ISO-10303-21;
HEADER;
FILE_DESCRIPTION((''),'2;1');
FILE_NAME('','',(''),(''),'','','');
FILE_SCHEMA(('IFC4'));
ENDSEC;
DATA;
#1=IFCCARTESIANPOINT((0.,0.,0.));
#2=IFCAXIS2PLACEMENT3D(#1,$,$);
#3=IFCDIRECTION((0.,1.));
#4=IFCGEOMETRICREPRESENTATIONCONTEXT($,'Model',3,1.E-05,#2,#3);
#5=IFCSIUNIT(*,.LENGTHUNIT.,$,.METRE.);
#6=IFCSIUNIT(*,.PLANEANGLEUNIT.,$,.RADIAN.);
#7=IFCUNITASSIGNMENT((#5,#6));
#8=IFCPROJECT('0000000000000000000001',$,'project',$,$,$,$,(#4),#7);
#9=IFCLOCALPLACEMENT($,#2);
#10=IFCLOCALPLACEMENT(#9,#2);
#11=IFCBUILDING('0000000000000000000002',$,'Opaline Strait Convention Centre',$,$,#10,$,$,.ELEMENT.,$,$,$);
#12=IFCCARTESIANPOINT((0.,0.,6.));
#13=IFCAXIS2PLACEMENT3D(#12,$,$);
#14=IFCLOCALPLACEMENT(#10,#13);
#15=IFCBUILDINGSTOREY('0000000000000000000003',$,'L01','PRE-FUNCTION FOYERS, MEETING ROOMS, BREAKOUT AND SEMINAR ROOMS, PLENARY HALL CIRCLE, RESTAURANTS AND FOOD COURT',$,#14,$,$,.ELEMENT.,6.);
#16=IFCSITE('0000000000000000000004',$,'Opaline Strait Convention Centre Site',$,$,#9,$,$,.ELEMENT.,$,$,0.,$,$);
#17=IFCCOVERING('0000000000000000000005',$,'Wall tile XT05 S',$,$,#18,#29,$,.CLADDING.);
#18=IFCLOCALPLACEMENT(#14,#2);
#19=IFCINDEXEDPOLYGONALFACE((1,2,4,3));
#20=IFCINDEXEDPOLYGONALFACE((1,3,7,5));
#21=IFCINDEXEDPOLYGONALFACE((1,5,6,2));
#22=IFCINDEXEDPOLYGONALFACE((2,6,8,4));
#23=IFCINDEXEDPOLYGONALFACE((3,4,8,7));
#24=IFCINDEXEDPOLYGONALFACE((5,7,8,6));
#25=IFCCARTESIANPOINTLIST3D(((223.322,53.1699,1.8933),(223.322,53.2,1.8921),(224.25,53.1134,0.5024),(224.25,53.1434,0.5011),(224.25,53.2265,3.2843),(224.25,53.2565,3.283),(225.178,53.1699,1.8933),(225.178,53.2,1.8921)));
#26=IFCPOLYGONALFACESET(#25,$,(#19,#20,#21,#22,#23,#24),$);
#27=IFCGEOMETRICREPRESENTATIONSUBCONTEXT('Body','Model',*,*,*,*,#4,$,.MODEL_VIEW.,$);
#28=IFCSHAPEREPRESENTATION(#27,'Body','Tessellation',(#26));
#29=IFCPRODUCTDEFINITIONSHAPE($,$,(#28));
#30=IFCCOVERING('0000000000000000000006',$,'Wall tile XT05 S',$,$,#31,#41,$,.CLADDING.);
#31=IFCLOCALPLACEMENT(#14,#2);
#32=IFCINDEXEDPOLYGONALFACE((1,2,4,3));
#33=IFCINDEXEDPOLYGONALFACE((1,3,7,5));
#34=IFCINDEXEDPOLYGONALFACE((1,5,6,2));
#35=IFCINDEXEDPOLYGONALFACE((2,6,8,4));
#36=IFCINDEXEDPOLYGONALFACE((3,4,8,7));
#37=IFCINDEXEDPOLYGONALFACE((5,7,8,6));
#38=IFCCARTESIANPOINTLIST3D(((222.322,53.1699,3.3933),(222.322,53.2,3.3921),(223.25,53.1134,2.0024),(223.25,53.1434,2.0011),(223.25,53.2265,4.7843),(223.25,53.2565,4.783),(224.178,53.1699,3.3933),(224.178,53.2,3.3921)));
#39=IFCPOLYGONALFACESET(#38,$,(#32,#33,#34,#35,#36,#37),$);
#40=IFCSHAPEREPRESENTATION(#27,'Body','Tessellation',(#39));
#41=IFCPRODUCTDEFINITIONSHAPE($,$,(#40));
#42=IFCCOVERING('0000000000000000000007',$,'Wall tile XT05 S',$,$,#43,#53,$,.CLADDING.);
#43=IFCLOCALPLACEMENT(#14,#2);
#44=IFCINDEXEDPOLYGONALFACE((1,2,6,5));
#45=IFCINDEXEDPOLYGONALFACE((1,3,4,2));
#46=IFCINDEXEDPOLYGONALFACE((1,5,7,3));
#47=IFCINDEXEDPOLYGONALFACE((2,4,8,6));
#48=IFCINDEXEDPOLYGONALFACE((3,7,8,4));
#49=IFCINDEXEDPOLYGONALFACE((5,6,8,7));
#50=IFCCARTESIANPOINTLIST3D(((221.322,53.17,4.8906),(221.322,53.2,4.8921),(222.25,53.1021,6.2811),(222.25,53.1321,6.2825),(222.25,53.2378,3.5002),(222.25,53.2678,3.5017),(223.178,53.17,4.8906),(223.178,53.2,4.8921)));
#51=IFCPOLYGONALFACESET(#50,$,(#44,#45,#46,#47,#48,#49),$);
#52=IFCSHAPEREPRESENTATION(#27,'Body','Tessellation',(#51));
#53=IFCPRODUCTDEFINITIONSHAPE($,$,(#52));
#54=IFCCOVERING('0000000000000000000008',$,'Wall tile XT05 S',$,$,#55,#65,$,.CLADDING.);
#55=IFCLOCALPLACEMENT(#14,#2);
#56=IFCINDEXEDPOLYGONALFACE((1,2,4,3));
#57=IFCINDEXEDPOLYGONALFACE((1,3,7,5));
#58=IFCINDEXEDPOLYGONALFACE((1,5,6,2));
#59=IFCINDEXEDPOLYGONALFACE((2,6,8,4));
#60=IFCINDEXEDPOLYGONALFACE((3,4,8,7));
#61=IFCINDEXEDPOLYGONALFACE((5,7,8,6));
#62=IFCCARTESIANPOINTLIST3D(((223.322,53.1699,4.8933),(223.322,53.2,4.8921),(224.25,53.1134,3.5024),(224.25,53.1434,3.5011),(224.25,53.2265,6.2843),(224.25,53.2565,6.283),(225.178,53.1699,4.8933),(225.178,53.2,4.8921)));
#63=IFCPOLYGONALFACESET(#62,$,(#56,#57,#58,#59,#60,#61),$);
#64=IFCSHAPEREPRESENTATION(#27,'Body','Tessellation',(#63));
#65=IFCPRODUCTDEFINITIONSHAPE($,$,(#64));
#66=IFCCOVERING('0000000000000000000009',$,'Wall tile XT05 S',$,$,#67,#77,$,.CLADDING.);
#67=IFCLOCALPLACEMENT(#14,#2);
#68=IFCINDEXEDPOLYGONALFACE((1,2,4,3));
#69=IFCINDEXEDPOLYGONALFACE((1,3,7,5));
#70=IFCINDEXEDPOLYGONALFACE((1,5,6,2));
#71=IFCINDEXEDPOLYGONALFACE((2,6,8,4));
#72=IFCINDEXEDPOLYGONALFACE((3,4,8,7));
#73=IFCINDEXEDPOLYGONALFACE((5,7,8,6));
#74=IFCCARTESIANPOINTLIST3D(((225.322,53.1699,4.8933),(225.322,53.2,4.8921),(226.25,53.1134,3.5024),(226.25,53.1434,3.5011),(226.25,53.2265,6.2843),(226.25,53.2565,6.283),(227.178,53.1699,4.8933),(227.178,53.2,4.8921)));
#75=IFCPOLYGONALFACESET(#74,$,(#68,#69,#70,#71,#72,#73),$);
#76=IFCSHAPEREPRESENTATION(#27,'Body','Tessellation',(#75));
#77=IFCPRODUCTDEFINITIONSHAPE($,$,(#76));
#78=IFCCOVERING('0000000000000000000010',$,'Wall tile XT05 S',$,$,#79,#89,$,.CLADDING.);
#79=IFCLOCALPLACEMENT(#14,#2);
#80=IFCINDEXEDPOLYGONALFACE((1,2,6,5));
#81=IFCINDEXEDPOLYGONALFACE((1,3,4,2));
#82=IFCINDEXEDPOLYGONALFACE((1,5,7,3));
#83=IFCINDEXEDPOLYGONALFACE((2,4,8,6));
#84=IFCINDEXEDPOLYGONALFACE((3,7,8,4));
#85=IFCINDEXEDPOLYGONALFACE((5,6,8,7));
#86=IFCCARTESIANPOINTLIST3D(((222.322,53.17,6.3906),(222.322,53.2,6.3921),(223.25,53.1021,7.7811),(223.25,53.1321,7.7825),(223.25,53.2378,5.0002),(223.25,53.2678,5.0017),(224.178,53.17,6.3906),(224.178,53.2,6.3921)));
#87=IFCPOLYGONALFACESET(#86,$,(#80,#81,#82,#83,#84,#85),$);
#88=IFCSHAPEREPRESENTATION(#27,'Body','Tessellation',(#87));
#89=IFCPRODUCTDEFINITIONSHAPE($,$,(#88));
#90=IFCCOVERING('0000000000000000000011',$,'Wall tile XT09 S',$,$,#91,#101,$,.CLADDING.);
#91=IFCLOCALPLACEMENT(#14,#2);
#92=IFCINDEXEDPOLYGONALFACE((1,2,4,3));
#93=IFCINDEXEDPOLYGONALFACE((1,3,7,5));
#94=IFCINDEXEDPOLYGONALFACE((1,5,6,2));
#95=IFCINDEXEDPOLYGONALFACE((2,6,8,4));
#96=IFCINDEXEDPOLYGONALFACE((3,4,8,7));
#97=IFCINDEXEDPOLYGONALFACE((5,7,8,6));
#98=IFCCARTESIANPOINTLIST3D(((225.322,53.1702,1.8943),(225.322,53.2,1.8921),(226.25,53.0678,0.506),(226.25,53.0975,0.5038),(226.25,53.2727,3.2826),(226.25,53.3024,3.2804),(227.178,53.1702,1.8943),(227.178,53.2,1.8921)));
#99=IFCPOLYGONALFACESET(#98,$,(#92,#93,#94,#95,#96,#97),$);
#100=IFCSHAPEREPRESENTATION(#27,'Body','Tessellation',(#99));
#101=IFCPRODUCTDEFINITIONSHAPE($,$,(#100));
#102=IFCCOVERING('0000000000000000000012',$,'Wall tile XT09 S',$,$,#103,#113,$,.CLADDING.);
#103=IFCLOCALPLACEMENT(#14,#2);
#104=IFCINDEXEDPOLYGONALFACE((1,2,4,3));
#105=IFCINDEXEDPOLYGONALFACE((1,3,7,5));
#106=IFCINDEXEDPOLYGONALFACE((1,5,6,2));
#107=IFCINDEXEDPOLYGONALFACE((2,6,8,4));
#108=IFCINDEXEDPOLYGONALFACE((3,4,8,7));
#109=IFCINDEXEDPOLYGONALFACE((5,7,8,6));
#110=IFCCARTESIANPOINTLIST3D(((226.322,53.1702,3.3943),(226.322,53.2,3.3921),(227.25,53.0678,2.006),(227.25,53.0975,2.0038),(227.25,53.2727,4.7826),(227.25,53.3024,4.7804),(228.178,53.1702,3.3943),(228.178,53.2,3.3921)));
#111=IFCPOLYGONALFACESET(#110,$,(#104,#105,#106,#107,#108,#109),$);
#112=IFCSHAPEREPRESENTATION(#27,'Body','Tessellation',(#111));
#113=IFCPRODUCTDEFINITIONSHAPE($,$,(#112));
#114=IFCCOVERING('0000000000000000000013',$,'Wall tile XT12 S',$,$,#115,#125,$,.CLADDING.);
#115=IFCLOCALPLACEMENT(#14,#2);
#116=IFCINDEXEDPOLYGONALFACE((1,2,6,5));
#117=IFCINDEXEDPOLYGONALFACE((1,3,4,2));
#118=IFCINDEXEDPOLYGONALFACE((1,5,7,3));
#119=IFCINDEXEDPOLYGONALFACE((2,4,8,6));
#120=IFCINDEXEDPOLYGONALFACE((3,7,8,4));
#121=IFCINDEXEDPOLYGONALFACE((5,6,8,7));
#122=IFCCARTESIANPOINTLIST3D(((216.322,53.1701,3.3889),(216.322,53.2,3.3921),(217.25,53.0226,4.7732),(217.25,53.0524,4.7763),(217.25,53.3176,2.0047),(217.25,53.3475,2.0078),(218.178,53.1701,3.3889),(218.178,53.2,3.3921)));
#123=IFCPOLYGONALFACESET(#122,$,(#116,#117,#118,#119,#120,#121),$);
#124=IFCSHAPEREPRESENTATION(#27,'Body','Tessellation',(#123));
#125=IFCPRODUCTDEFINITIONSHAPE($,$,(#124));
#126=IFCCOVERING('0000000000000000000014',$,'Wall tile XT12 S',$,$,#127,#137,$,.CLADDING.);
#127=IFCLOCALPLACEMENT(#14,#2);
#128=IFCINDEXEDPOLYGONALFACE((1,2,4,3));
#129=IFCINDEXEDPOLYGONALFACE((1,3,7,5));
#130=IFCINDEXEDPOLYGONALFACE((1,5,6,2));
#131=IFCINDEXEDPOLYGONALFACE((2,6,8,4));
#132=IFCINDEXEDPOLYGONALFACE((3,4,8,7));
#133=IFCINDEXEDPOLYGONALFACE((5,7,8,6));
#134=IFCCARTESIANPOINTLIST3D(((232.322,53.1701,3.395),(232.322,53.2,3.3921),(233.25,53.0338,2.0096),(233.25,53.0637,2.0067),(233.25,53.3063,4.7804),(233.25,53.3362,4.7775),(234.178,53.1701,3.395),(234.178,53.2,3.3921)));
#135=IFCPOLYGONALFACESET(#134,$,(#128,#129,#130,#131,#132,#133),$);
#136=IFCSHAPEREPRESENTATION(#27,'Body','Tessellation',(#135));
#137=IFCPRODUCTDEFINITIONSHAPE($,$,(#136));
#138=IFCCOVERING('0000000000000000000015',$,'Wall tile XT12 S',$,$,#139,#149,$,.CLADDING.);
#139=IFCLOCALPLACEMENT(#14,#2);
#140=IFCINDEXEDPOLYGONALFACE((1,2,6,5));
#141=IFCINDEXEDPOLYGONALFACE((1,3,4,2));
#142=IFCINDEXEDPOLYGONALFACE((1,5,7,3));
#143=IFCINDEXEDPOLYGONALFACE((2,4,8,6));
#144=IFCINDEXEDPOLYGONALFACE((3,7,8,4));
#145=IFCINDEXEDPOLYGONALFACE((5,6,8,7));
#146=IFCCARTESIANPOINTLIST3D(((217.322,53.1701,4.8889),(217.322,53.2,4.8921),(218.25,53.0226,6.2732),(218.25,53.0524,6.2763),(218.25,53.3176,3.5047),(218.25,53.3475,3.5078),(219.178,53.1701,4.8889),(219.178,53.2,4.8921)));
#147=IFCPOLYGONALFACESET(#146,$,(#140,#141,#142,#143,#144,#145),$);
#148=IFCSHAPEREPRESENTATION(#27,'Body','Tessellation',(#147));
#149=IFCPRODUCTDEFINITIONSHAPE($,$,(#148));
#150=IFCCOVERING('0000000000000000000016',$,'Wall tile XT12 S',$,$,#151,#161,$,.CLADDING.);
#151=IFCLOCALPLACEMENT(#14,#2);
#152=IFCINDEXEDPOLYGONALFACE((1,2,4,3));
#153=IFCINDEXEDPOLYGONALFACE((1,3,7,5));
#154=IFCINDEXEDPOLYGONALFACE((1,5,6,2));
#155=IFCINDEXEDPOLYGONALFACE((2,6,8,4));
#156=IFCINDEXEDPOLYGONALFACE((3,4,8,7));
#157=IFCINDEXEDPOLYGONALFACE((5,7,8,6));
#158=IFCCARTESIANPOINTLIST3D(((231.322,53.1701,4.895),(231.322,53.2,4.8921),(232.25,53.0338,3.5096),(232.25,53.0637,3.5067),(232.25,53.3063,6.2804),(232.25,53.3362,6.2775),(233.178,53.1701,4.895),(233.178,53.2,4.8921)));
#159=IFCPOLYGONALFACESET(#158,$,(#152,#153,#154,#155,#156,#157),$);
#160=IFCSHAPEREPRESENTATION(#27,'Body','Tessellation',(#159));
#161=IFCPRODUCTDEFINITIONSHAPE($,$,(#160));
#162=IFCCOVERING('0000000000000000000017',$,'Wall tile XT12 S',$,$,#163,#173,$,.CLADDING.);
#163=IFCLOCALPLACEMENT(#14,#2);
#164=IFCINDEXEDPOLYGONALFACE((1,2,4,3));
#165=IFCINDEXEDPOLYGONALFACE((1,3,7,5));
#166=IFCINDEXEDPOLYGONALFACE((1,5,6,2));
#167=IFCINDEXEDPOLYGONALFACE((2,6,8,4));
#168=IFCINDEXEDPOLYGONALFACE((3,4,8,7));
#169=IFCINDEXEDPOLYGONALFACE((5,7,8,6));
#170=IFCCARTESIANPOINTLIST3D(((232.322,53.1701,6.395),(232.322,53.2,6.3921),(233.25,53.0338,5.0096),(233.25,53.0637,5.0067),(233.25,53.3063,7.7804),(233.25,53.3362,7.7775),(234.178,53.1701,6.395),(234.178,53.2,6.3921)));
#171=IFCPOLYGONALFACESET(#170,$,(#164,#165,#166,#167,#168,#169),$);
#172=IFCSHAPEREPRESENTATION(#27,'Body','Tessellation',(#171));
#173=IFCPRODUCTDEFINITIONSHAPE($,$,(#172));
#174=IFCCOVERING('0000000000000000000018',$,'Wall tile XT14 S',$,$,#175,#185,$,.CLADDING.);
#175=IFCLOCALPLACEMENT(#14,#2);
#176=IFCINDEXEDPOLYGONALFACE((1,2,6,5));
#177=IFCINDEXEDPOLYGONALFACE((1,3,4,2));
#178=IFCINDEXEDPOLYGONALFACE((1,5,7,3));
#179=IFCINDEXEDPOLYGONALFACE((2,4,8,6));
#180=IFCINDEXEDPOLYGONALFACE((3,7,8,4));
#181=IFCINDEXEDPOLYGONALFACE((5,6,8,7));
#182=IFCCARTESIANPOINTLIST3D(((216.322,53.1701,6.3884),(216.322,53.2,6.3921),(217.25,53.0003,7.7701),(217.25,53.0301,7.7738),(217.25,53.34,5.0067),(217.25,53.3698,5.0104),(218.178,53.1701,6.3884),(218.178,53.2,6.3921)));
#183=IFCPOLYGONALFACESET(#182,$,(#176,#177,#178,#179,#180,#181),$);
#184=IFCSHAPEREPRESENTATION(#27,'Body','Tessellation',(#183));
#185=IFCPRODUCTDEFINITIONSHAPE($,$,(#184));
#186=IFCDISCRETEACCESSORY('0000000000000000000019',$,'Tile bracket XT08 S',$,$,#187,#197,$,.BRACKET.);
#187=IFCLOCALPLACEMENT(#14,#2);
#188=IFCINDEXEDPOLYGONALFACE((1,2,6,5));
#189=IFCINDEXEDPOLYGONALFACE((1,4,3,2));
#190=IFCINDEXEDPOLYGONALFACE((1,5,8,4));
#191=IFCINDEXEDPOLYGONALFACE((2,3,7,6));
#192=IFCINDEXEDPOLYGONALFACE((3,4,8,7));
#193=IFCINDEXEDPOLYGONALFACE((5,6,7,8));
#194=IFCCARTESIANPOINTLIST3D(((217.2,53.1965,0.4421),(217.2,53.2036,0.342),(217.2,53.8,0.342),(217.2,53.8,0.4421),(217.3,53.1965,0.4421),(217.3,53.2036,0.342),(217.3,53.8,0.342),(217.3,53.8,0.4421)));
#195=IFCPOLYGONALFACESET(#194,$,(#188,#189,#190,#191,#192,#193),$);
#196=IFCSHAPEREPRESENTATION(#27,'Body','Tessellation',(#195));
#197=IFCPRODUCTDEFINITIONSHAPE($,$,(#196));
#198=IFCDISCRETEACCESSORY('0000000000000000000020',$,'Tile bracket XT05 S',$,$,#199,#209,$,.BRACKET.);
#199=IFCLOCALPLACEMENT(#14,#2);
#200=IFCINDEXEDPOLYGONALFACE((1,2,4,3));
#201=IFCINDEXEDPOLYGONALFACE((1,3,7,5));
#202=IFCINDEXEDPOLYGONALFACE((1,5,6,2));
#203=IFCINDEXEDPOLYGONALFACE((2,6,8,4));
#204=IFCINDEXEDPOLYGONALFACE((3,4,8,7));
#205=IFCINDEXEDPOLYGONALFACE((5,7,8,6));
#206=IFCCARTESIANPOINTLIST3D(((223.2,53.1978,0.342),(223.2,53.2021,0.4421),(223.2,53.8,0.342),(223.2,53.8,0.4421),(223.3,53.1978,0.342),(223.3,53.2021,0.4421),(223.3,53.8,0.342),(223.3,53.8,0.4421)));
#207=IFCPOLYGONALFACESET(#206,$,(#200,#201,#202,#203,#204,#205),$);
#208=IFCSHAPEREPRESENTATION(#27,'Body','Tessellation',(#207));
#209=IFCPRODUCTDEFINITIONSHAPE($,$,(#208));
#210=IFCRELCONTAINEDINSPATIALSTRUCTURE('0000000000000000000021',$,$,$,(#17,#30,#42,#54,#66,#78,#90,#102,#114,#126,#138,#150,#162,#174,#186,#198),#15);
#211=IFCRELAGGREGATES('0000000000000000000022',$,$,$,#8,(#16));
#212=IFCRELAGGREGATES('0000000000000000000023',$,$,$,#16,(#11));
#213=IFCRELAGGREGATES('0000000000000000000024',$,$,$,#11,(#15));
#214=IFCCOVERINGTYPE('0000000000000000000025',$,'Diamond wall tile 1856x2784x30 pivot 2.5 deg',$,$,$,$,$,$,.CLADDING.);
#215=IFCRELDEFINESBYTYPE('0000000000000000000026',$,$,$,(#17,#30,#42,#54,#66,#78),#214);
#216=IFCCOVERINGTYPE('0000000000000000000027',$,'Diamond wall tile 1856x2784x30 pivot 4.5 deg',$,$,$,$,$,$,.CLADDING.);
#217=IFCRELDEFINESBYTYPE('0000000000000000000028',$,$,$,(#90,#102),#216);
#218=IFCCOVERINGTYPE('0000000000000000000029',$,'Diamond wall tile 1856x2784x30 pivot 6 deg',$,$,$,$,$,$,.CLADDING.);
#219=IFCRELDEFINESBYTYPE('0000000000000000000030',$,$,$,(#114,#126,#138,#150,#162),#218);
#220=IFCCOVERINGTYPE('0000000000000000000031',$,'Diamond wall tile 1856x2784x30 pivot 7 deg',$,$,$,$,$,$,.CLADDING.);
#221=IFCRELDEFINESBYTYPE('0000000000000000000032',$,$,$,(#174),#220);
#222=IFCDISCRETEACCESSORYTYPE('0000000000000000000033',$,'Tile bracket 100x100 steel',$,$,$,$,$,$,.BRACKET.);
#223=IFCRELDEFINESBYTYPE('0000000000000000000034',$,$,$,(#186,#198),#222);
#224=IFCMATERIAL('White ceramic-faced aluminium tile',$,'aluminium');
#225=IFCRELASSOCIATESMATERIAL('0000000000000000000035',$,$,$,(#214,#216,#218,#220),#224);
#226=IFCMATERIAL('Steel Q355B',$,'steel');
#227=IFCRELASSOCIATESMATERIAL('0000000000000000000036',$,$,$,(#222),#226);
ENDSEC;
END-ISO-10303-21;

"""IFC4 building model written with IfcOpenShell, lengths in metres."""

from ifc_helpers import new_model, si_unit, direction, frame, origin, place, context, subcontext, project, spatial, polyline, outline, extrude, material, material_profile, profile_set, type_object, element, save


model = new_model("IFC4")

# Units and contexts
model_context = context("Model", 3, precision=1e-05, world=origin(), true_north=direction((0.0, 1.0)))
body_context = subcontext(model_context, "Body", "Model", "MODEL_VIEW")
ifc_project = project(units=[si_unit("LENGTHUNIT", "METRE"), si_unit("PLANEANGLEUNIT", "RADIAN")], contexts=[model_context])

# Site, building, storey
site_placement = place(None, origin())
site = spatial("IfcSite", under=ifc_project, at=site_placement, Name="Opaline Strait Convention Centre Site", CompositionType="ELEMENT", RefElevation=0.0)
building_placement = place(site_placement, origin())
building = spatial("IfcBuilding", under=site, at=building_placement, Name="Opaline Strait Convention Centre", CompositionType="ELEMENT")
storey_placement = place(building_placement, frame((0.0, 0.0, 6.0)))
storey = spatial("IfcBuildingStorey", under=building, at=storey_placement, Name="L01", Description="PRE-FUNCTION FOYERS, MEETING ROOMS, BREAKOUT AND SEMINAR ROOMS, PLENARY HALL CIRCLE, RESTAURANTS AND FOOD COURT", CompositionType="ELEMENT", Elevation=6.0)

# Coverings
ifc_material_1 = material(Name="White ceramic-faced aluminium tile", Category="aluminium")
ifc_material_profile_1 = material_profile(ifc_material_1, outline(polyline([(0.928, 0.0), (0.0, 1.3921), (-0.928, 0.0), (0.0, -1.3921), (0.928, 0.0)])), Name="Diamond tile 1856x2784")
ifc_profile_set_1 = profile_set([ifc_material_profile_1], Name="White ceramic-faced aluminium tile")
covering_type_1 = type_object("IfcCoveringType", Name="Diamond wall tile 1856x2784x30 pivot 2.5 deg", PredefinedType="CLADDING", material=ifc_profile_set_1)
for number, where, z_axis, x_axis, name in (
    (1, (224.25, 53.2, 1.8921), (0.0, -0.999175, 0.040617), (1.0, 0.0, 0.0), "Wall tile XT05 S"),
    (2, (223.25, 53.2, 3.3921), (0.0, -0.999175, 0.040617), (1.0, 0.0, 0.0), "Wall tile XT05 S"),
    (3, (222.25, 53.2, 4.8921), (0.0, -0.998812, -0.048723), (1.0, 0.0, 0.0), "Wall tile XT05 S"),
    (4, (224.25, 53.2, 4.8921), (0.0, -0.999175, 0.040617), (1.0, 0.0, 0.0), "Wall tile XT05 S"),
    (5, (226.25, 53.2, 4.8921), (0.0, -0.999175, 0.040617), (1.0, 0.0, 0.0), "Wall tile XT05 S"),
    (6, (223.25, 53.2, 6.3921), (0.0, -0.998812, -0.048723), (1.0, 0.0, 0.0), "Wall tile XT05 S"),
):
    element("IfcCovering", number, at=place(storey_placement, frame(where, z_axis=z_axis, x_axis=x_axis)), inside=storey, type_object=covering_type_1, Name=name, PredefinedType="CLADDING", context=body_context, shape_type="SweptSolid", body=[
        extrude(outline(polyline([(0.928, 0.0), (0.0, 1.3921), (-0.928, 0.0), (0.0, -1.3921), (0.928, 0.0)])), origin(), (0.0, 0.0, 1.0), 0.03),
    ])
ifc_material_profile_2 = material_profile(ifc_material_1, outline(polyline([(0.928, 0.0), (0.0, 1.3921), (-0.928, 0.0), (0.0, -1.3921), (0.928, 0.0)])), Name="Diamond tile 1856x2784")
ifc_profile_set_2 = profile_set([ifc_material_profile_2], Name="White ceramic-faced aluminium tile")
covering_type_2 = type_object("IfcCoveringType", Name="Diamond wall tile 1856x2784x30 pivot 4.5 deg", PredefinedType="CLADDING", material=ifc_profile_set_2)
for number, where, z_axis, x_axis, name in (
    (7, (226.25, 53.2, 1.8921), (0.0, -0.99729, 0.073571), (1.0, 0.0, 0.0), "Wall tile XT09 S"),
    (8, (227.25, 53.2, 3.3921), (0.0, -0.99729, 0.073571), (1.0, 0.0, 0.0), "Wall tile XT09 S"),
):
    element("IfcCovering", number, at=place(storey_placement, frame(where, z_axis=z_axis, x_axis=x_axis)), inside=storey, type_object=covering_type_2, Name=name, PredefinedType="CLADDING", context=body_context, shape_type="SweptSolid", body=[
        extrude(outline(polyline([(0.928, 0.0), (0.0, 1.3921), (-0.928, 0.0), (0.0, -1.3921), (0.928, 0.0)])), origin(), (0.0, 0.0, 1.0), 0.0298),
    ])
ifc_material_profile_3 = material_profile(ifc_material_1, outline(polyline([(0.928, 0.0), (0.0, 1.3921), (-0.928, 0.0), (0.0, -1.3921), (0.928, 0.0)])), Name="Diamond tile 1856x2784")
ifc_profile_set_3 = profile_set([ifc_material_profile_3], Name="White ceramic-faced aluminium tile")
covering_type_3 = type_object("IfcCoveringType", Name="Diamond wall tile 1856x2784x30 pivot 6 deg", PredefinedType="CLADDING", material=ifc_profile_set_3)
for number, where, z_axis, x_axis, name in (
    (9, (217.25, 53.2, 3.3921), (0.0, -0.994371, -0.105958), (1.0, 0.0, 0.0), "Wall tile XT12 S"),
    (10, (233.25, 53.2, 3.3921), (0.0, -0.995197, 0.097888), (1.0, 0.0, 0.0), "Wall tile XT12 S"),
    (11, (218.25, 53.2, 4.8921), (0.0, -0.994371, -0.105958), (1.0, 0.0, 0.0), "Wall tile XT12 S"),
    (12, (232.25, 53.2, 4.8921), (0.0, -0.995197, 0.097888), (1.0, 0.0, 0.0), "Wall tile XT12 S"),
    (13, (233.25, 53.2, 6.3921), (0.0, -0.995197, 0.097888), (1.0, 0.0, 0.0), "Wall tile XT12 S"),
):
    element("IfcCovering", number, at=place(storey_placement, frame(where, z_axis=z_axis, x_axis=x_axis)), inside=storey, type_object=covering_type_3, Name=name, PredefinedType="CLADDING", context=body_context, shape_type="SweptSolid", body=[
        extrude(outline(polyline([(0.928, 0.0), (0.0, 1.3921), (-0.928, 0.0), (0.0, -1.3921), (0.928, 0.0)])), origin(), (0.0, 0.0, 1.0), 0.03),
    ])
ifc_material_profile_4 = material_profile(ifc_material_1, outline(polyline([(0.928, 0.0), (0.0, 1.3921), (-0.928, 0.0), (0.0, -1.3921), (0.928, 0.0)])), Name="Diamond tile 1856x2784")
ifc_profile_set_4 = profile_set([ifc_material_profile_4], Name="White ceramic-faced aluminium tile")
covering_type_4 = type_object("IfcCoveringType", Name="Diamond wall tile 1856x2784x30 pivot 7 deg", PredefinedType="CLADDING", material=ifc_profile_set_4)
covering_placement = place(storey_placement, frame((217.25, 53.2, 6.3921), z_axis=(0.0, -0.992526, -0.122032), x_axis=(1.0, 0.0, 0.0)))
element("IfcCovering", 14, at=covering_placement, inside=storey, type_object=covering_type_4, Name="Wall tile XT14 S", PredefinedType="CLADDING", context=body_context, shape_type="SweptSolid", body=[
    extrude(outline(polyline([(0.928, 0.0), (0.0, 1.3921), (-0.928, 0.0), (0.0, -1.3921), (0.928, 0.0)])), origin(), (0.0, 0.0, 1.0), 0.03),
])

# Discrete accessories
ifc_material_2 = material(Name="Steel Q355B", Category="steel")
discrete_accessory_type = type_object("IfcDiscreteAccessoryType", Name="Tile bracket 100x100 steel", PredefinedType="BRACKET", material=ifc_material_2)
discrete_accessory_1_placement = place(storey_placement, frame((217.2, 53.8, 0.3921), z_axis=(1.0, 0.0, 0.0), x_axis=(0.0, 1.0, 0.0)))
element("IfcDiscreteAccessory", 15, at=discrete_accessory_1_placement, inside=storey, type_object=discrete_accessory_type, Name="Tile bracket XT08 S", PredefinedType="BRACKET", context=body_context, shape_type="SweptSolid", body=[
    extrude(outline(polyline([(0.0, -0.05), (0.0, 0.05), (-0.6035, 0.05), (-0.5964, -0.05), (0.0, -0.05)])), origin(), (0.0, 0.0, 1.0), 0.1001),
])
discrete_accessory_2_placement = place(storey_placement, frame((223.2, 53.8, 0.3921), z_axis=(1.0, 0.0, 0.0), x_axis=(0.0, 1.0, 0.0)))
element("IfcDiscreteAccessory", 16, at=discrete_accessory_2_placement, inside=storey, type_object=discrete_accessory_type, Name="Tile bracket XT05 S", PredefinedType="BRACKET", context=body_context, shape_type="SweptSolid", body=[
    extrude(outline(polyline([(0.0, -0.05), (0.0, 0.05), (-0.5979, 0.05), (-0.6023, -0.05), (0.0, -0.05)])), origin(), (0.0, 0.0, 1.0), 0.1001),
])

save(model, "model.ifc")
